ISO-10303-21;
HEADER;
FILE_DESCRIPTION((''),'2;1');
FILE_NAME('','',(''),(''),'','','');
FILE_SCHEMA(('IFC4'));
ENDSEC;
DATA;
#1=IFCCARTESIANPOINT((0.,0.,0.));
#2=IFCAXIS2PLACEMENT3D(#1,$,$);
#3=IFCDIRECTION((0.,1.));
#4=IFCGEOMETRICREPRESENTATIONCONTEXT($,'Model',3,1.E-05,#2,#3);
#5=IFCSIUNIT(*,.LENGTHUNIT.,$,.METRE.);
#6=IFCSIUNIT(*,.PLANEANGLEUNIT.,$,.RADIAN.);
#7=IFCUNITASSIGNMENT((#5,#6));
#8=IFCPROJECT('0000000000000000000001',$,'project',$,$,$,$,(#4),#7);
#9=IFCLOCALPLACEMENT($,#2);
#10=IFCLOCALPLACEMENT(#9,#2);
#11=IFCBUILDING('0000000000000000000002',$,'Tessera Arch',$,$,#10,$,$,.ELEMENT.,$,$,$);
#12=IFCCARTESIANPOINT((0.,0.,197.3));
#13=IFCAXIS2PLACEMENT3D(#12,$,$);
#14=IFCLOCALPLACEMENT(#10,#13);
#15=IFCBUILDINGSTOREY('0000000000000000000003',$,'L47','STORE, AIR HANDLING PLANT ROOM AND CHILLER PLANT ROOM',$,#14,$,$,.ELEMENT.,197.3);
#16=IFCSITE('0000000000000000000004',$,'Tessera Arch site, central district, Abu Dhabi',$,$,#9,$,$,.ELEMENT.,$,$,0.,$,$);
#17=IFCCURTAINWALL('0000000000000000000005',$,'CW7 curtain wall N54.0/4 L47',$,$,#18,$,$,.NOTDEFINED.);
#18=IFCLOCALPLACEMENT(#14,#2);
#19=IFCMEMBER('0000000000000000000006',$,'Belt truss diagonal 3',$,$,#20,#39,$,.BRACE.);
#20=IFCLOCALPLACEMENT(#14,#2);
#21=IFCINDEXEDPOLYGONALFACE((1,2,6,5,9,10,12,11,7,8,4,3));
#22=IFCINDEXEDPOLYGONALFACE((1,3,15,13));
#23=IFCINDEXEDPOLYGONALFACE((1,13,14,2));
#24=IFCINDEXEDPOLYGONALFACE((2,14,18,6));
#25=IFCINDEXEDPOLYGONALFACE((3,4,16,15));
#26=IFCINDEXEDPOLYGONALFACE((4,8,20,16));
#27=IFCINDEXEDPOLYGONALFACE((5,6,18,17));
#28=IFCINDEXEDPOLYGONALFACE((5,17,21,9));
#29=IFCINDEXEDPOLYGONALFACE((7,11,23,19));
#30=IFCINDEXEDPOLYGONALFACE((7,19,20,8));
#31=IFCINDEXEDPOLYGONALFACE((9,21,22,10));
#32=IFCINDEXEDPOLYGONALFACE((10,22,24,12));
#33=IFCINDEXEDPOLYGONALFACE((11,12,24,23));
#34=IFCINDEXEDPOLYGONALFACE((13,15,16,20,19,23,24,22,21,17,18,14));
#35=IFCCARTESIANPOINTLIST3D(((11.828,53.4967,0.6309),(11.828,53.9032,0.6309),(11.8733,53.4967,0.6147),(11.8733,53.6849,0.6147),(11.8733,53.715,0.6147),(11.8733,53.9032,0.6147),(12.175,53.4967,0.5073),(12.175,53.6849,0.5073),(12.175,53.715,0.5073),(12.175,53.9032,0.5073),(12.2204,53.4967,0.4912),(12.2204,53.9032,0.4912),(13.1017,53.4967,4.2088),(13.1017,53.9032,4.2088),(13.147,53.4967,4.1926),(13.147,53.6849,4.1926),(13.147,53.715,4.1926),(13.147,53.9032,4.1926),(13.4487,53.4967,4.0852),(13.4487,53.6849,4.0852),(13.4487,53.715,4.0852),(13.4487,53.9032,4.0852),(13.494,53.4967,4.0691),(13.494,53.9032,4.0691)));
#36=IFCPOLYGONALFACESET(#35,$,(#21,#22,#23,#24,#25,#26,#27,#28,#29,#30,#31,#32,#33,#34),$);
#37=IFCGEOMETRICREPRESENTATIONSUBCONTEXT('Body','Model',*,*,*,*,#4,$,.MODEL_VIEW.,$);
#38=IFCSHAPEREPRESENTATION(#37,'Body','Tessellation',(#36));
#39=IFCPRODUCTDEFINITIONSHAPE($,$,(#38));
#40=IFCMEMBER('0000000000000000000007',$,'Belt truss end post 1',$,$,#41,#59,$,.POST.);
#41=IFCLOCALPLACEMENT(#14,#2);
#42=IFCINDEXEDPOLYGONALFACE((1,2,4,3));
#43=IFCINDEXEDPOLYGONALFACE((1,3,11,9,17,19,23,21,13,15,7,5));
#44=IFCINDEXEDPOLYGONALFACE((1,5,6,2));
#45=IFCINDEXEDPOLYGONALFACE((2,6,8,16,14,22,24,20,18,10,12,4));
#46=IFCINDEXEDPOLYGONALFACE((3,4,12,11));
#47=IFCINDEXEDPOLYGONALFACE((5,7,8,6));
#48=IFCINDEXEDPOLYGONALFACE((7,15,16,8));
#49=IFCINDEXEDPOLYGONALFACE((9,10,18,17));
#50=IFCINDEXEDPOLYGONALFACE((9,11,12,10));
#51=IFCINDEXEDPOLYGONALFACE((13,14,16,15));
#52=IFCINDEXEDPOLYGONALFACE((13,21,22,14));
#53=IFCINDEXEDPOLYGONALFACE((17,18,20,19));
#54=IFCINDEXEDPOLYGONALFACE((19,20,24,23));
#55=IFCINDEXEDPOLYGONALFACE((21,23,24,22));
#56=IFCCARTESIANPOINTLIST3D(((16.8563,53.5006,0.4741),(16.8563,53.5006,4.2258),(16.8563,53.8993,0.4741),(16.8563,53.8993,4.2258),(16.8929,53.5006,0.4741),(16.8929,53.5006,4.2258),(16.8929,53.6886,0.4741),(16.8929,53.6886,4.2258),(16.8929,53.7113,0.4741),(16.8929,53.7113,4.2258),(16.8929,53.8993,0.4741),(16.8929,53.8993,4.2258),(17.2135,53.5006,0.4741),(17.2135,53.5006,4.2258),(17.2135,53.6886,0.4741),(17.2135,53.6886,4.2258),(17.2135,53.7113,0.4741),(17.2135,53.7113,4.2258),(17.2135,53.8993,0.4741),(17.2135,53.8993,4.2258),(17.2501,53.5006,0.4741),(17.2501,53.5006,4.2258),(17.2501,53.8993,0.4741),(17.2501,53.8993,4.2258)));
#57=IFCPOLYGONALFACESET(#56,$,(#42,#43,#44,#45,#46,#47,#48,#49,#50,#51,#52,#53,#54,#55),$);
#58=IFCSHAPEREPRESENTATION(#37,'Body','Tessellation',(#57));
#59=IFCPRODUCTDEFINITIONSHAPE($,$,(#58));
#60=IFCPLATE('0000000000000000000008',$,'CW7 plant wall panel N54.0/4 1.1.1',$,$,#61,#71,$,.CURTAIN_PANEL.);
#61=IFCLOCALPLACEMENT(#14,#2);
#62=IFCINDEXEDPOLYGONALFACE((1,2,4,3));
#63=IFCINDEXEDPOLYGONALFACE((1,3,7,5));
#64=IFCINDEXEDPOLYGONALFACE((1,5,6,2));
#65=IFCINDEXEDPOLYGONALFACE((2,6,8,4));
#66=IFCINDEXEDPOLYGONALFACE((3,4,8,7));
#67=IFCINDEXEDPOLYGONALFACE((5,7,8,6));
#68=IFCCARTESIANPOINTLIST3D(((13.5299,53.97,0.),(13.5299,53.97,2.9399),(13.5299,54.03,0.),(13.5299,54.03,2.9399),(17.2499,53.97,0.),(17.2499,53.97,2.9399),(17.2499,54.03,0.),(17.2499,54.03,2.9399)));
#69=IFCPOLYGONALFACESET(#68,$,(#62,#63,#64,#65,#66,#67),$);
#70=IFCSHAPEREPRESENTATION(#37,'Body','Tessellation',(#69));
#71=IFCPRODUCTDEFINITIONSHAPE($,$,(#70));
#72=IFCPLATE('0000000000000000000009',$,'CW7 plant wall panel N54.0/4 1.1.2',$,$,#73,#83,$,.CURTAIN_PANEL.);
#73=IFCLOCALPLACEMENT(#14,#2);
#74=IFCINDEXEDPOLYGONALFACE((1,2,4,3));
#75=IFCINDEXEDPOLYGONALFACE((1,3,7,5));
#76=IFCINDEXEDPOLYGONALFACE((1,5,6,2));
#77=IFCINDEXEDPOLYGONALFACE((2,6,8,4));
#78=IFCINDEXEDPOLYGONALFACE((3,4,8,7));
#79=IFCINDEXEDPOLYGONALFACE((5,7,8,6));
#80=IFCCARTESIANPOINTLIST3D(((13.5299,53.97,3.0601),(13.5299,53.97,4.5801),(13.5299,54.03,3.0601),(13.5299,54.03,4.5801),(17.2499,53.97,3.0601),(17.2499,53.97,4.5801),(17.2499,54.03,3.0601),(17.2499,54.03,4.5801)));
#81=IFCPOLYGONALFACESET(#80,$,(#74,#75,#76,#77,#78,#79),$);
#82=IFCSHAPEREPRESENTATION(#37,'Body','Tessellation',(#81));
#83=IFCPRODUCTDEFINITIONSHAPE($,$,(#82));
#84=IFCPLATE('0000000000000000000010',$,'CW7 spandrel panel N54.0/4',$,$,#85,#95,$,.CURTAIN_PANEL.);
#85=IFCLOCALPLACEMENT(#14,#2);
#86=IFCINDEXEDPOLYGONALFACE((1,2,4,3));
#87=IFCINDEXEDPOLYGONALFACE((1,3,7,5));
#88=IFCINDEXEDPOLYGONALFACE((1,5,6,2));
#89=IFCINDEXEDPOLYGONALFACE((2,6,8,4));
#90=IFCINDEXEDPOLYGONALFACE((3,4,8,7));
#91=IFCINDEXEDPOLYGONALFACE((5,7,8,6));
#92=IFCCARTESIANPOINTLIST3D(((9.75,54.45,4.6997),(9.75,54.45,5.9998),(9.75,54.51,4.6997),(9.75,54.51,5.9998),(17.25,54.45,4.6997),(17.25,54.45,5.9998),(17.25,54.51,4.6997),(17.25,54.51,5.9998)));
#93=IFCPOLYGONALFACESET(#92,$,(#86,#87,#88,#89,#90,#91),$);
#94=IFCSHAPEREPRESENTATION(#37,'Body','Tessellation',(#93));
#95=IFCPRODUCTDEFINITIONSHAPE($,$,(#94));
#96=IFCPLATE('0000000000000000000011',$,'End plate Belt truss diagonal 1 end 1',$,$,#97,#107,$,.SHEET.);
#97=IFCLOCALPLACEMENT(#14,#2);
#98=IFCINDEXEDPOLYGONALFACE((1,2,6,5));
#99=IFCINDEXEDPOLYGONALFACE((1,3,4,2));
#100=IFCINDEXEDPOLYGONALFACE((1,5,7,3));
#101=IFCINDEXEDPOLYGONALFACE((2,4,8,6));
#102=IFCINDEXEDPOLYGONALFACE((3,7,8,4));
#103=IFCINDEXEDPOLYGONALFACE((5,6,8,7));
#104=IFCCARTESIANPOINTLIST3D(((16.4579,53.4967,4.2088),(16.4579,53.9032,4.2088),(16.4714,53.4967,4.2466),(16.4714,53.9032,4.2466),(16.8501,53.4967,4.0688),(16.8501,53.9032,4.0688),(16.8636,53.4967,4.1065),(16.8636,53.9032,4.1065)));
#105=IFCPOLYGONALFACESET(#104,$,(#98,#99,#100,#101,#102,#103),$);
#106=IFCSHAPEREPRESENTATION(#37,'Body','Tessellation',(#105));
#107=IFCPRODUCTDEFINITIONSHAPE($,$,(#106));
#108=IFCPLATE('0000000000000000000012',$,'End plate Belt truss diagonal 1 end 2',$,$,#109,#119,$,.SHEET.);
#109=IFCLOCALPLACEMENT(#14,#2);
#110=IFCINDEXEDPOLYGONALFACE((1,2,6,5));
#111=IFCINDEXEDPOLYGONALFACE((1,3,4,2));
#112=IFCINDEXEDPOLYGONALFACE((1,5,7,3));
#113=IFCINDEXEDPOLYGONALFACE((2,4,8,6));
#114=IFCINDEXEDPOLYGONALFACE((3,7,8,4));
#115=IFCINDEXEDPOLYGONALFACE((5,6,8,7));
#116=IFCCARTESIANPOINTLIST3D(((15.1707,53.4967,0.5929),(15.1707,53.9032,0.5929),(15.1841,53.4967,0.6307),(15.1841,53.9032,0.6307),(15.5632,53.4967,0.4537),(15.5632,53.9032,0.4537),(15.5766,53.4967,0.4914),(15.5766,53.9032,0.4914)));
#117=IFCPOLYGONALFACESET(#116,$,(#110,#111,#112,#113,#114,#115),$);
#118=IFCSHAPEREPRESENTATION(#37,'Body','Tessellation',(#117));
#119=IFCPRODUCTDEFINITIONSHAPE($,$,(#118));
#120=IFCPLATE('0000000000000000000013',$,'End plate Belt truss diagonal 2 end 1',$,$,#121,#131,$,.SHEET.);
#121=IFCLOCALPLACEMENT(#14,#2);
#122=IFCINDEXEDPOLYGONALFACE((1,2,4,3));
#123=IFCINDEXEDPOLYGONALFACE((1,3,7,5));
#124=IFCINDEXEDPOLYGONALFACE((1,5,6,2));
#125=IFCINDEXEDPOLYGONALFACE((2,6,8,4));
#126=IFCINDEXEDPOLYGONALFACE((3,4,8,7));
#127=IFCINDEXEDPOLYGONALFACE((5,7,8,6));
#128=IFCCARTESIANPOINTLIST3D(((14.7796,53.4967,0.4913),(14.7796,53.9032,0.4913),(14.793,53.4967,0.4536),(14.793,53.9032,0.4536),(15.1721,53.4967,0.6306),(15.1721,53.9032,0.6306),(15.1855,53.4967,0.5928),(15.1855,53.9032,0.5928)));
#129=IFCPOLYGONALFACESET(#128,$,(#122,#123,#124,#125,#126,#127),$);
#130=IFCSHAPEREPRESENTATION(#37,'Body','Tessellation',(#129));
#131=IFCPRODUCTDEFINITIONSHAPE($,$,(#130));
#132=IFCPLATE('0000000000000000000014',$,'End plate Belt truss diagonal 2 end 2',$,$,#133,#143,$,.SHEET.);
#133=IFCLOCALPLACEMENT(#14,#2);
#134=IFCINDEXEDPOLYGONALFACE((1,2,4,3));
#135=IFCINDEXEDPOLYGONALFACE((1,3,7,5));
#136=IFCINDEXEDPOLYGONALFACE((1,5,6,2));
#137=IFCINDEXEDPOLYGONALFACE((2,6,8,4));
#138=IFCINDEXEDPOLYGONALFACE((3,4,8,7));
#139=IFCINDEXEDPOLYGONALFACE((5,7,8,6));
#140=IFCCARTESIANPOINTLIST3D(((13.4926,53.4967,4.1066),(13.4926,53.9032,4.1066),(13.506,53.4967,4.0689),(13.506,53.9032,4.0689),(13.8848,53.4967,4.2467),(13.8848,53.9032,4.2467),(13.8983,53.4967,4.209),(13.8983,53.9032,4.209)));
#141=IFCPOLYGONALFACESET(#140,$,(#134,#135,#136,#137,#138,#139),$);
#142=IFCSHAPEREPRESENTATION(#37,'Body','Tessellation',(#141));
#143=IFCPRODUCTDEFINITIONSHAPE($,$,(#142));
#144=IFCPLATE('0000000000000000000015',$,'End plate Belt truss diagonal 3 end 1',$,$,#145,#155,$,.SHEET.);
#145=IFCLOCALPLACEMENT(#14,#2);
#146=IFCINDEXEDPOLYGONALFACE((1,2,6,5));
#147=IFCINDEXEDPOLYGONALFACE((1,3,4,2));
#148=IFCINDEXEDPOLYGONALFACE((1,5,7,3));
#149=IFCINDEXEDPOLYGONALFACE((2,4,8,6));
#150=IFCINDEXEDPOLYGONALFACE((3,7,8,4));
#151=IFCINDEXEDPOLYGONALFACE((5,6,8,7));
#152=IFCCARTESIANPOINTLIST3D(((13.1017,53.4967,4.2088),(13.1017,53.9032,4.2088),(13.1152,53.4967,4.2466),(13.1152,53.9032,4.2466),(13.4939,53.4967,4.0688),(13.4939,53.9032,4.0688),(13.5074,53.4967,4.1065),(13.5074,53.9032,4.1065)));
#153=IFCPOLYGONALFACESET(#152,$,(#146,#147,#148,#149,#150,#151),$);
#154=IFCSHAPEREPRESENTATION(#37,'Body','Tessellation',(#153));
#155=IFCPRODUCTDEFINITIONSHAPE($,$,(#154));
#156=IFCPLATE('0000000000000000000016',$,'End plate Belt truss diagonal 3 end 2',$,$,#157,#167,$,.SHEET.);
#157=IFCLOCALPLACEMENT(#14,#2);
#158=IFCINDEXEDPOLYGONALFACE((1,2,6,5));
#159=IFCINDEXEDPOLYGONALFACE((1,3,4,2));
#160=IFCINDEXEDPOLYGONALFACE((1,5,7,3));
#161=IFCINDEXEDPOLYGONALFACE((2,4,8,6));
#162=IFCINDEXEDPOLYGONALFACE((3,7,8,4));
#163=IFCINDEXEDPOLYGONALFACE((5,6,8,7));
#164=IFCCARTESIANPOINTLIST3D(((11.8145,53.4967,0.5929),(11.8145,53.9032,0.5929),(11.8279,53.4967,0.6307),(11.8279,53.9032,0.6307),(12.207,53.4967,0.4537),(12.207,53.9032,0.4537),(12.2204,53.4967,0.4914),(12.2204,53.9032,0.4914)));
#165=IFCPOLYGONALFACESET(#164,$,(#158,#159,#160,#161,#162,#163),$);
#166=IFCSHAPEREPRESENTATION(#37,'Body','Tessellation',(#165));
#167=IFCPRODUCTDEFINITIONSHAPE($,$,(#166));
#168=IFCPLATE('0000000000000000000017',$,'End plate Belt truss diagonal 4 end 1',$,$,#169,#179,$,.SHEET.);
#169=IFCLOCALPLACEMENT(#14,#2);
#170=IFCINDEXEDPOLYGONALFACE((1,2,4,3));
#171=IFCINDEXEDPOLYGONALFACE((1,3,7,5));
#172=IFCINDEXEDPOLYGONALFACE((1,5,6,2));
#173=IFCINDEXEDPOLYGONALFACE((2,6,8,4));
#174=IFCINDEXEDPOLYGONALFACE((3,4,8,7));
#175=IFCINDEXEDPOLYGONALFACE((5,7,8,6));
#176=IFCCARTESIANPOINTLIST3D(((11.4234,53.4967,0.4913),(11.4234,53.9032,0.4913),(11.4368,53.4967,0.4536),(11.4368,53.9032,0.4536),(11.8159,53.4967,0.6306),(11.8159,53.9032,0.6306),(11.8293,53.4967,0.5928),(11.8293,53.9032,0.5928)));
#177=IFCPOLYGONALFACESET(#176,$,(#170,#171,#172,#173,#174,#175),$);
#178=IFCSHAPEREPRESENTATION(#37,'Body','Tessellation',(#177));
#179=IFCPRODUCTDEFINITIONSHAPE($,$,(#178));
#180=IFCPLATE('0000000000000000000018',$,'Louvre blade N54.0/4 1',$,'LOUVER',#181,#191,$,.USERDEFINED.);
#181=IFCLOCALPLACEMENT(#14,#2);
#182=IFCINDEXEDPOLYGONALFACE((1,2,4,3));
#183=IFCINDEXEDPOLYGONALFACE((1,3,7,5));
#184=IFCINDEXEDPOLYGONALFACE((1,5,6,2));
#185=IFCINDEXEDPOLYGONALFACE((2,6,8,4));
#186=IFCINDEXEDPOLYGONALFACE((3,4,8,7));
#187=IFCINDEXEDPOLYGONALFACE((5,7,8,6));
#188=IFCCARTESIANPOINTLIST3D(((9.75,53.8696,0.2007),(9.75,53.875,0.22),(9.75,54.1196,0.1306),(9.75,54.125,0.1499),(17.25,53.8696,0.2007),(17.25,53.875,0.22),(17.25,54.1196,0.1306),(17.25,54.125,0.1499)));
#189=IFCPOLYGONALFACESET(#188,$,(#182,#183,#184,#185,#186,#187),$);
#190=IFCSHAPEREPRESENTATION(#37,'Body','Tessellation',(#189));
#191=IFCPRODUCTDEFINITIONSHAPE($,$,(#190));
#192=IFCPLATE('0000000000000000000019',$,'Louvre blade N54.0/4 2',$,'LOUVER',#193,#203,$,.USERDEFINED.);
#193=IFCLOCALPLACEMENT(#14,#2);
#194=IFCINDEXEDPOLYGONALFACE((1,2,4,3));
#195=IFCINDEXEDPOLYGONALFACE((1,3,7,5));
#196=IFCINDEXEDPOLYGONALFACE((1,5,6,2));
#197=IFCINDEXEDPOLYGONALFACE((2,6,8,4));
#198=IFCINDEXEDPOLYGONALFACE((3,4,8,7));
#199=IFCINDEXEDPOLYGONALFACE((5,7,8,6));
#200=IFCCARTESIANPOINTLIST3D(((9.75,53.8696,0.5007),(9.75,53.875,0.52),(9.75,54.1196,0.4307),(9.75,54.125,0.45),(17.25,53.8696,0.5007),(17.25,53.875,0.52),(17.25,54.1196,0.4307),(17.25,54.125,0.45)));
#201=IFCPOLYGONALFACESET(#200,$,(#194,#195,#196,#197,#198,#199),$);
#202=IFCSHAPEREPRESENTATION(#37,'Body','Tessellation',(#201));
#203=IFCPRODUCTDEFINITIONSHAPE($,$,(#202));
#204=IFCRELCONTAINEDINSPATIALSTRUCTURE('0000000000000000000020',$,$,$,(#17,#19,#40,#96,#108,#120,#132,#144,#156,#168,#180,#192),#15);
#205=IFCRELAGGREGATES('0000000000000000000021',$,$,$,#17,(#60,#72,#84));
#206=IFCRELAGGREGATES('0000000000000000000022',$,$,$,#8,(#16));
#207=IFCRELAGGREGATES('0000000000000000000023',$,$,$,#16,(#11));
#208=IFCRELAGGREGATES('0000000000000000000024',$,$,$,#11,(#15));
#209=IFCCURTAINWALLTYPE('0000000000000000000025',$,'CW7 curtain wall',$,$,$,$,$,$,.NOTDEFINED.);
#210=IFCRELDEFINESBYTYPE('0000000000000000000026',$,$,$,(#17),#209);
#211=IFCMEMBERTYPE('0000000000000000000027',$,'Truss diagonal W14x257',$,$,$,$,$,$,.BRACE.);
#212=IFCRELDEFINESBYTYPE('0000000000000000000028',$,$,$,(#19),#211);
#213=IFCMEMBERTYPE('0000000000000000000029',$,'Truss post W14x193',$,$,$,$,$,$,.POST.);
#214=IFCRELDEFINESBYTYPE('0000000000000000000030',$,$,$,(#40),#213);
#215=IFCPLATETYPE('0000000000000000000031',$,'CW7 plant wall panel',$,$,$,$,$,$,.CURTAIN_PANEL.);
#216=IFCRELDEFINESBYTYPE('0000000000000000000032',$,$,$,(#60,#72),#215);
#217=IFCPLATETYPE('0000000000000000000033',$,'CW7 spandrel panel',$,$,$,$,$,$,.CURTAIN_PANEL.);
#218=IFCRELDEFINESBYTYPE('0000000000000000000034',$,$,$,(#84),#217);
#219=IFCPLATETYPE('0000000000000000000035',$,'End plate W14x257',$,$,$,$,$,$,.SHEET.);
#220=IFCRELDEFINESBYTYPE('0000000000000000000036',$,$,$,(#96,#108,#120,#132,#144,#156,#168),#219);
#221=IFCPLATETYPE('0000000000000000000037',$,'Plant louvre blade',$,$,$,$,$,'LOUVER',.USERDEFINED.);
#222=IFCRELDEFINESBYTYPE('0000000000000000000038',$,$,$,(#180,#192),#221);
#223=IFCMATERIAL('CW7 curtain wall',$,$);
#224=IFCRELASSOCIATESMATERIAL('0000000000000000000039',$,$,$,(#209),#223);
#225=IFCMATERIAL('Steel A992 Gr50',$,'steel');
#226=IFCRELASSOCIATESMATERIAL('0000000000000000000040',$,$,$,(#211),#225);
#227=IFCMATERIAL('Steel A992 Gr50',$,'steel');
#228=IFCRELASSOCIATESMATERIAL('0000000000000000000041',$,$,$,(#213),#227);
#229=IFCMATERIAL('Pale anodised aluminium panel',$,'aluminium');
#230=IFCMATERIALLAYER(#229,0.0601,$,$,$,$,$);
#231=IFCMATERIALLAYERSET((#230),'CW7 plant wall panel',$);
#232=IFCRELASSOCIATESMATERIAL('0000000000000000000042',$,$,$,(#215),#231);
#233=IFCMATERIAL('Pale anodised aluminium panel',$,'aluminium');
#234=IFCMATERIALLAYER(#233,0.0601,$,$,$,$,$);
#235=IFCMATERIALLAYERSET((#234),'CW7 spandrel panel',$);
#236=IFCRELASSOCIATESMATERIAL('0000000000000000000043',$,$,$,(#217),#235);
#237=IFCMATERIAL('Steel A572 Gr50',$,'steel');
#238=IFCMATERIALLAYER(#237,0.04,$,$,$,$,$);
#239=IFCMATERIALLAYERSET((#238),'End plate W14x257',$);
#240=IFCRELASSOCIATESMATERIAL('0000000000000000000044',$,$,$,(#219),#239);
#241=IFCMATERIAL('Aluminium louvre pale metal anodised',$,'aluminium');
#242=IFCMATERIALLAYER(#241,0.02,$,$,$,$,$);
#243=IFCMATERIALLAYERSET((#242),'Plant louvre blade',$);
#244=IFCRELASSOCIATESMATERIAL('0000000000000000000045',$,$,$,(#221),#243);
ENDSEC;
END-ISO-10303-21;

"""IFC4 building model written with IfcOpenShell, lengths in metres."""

from ifc_helpers import new_model, si_unit, direction, frame, origin, origin_2d, place, context, subcontext, project, spatial, polyline, rectangle, i_section, outline, extrude, material, layer, layer_set, material_profile, profile_set, type_object, element, aggregate, save


model = new_model("IFC4")

# Units and contexts
model_context = context("Model", 3, precision=1e-05, world=origin(), true_north=direction((0.0, 1.0)))
body_context = subcontext(model_context, "Body", "Model", "MODEL_VIEW")
ifc_project = project(units=[si_unit("LENGTHUNIT", "METRE"), si_unit("PLANEANGLEUNIT", "RADIAN")], contexts=[model_context])

# Site, building, storey
site_placement = place(None, origin())
site = spatial("IfcSite", under=ifc_project, at=site_placement, Name="Tessera Arch site, central district, Abu Dhabi", CompositionType="ELEMENT", RefElevation=0.0)
building_placement = place(site_placement, origin())
building = spatial("IfcBuilding", under=site, at=building_placement, Name="Tessera Arch", CompositionType="ELEMENT")
storey_placement = place(building_placement, frame((0.0, 0.0, 197.3)))
storey = spatial("IfcBuildingStorey", under=building, at=storey_placement, Name="L47", Description="STORE, AIR HANDLING PLANT ROOM AND CHILLER PLANT ROOM", CompositionType="ELEMENT", Elevation=197.3)

# Curtain wall
ifc_material_1 = material(Name="CW7 curtain wall")
curtain_wall_type = type_object("IfcCurtainWallType", Name="CW7 curtain wall", PredefinedType="NOTDEFINED", material=ifc_material_1)
curtain_wall_placement = place(storey_placement, origin())
curtain_wall = element("IfcCurtainWall", 1, at=curtain_wall_placement, inside=storey, type_object=curtain_wall_type, Name="CW7 curtain wall N54.0/4 L47", PredefinedType="NOTDEFINED")

# Members
ifc_material_2 = material(Name="Steel A992 Gr50", Category="steel")
ifc_material_profile_1 = material_profile(ifc_material_2, i_section(OverallWidth=0.4065, OverallDepth=0.4165, WebThickness=0.03, FlangeThickness=0.0481, at=origin_2d()), Name="W14x257")
ifc_profile_set_1 = profile_set([ifc_material_profile_1], Name="Steel A992 Gr50")
member_type_1 = type_object("IfcMemberType", Name="Truss diagonal W14x257", PredefinedType="BRACE", material=ifc_profile_set_1)
for number, where, z_axis, x_axis, name in (
    (2, (13.2979, 53.7, 4.1389), (-0.335371, 0.0, -0.942086), (0.0, -1.0, 0.0), "Belt truss diagonal 3"),
):
    element("IfcMember", number, at=place(storey_placement, frame(where, z_axis=z_axis, x_axis=x_axis)), inside=storey, type_object=member_type_1, Name=name, PredefinedType="BRACE", context=body_context, shape_type="SweptSolid", body=[
        extrude(i_section(OverallWidth=0.4065, OverallDepth=0.4165, WebThickness=0.03, FlangeThickness=0.0481, at=origin_2d()), origin(), (0.0, 0.0, 1.0), 3.7979),
    ])
ifc_material_3 = material(Name="Steel A992 Gr50", Category="steel")
ifc_material_profile_2 = material_profile(ifc_material_3, i_section(OverallWidth=0.3987, OverallDepth=0.3938, WebThickness=0.0227, FlangeThickness=0.0366, at=origin_2d()), Name="W14x193")
ifc_profile_set_2 = profile_set([ifc_material_profile_2], Name="Steel A992 Gr50")
member_type_2 = type_object("IfcMemberType", Name="Truss post W14x193", PredefinedType="POST", material=ifc_profile_set_2)
member_1_placement = place(storey_placement, frame((17.0532, 53.7, 0.4741), z_axis=(0.0, 0.0, 1.0), x_axis=(0.0, 1.0, 0.0)))
element("IfcMember", 3, at=member_1_placement, inside=storey, type_object=member_type_2, Name="Belt truss end post 1", PredefinedType="POST", context=body_context, shape_type="SweptSolid", body=[
    extrude(i_section(OverallWidth=0.3987, OverallDepth=0.3938, WebThickness=0.0227, FlangeThickness=0.0366, at=origin_2d()), origin(), (0.0, 0.0, 1.0), 3.7517),
])

# Plates
ifc_material_4 = material(Name="Pale anodised aluminium panel", Category="aluminium")
ifc_layer_1 = layer(ifc_material_4, 0.0601)
ifc_layer_set_1 = layer_set([ifc_layer_1], Name="CW7 plant wall panel")
plate_type_1 = type_object("IfcPlateType", Name="CW7 plant wall panel", PredefinedType="CURTAIN_PANEL", material=ifc_layer_set_1)
plate_1_placement = place(storey_placement, frame((15.3899, 54.0, 0.0), z_axis=(0.0, 0.0, 1.0), x_axis=(-1.0, 0.0, 0.0)))
plate_1 = element("IfcPlate", 4, at=plate_1_placement, type_object=plate_type_1, Name="CW7 plant wall panel N54.0/4 1.1.1", PredefinedType="CURTAIN_PANEL", context=body_context, shape_type="SweptSolid", body=[
    extrude(rectangle(XDim=3.72, YDim=0.0601, at=origin_2d()), origin(), (0.0, 0.0, 1.0), 2.9399),
])
plate_2_placement = place(storey_placement, frame((15.3899, 54.0, 3.0601), z_axis=(0.0, 0.0, 1.0), x_axis=(-1.0, 0.0, 0.0)))
plate_2 = element("IfcPlate", 5, at=plate_2_placement, type_object=plate_type_1, Name="CW7 plant wall panel N54.0/4 1.1.2", PredefinedType="CURTAIN_PANEL", context=body_context, shape_type="SweptSolid", body=[
    extrude(rectangle(XDim=3.72, YDim=0.0601, at=origin_2d()), origin(), (0.0, 0.0, 1.0), 1.52),
])
ifc_material_5 = material(Name="Pale anodised aluminium panel", Category="aluminium")
ifc_layer_2 = layer(ifc_material_5, 0.0601)
ifc_layer_set_2 = layer_set([ifc_layer_2], Name="CW7 spandrel panel")
plate_type_2 = type_object("IfcPlateType", Name="CW7 spandrel panel", PredefinedType="CURTAIN_PANEL", material=ifc_layer_set_2)
plate_3_placement = place(storey_placement, frame((13.5, 54.48, 4.6997), z_axis=(0.0, 0.0, 1.0), x_axis=(-1.0, 0.0, 0.0)))
plate_3 = element("IfcPlate", 6, at=plate_3_placement, type_object=plate_type_2, Name="CW7 spandrel panel N54.0/4", PredefinedType="CURTAIN_PANEL", context=body_context, shape_type="SweptSolid", body=[
    extrude(rectangle(XDim=7.5, YDim=0.0601, at=origin_2d()), origin(), (0.0, 0.0, 1.0), 1.3),
])
aggregate(curtain_wall, [plate_1, plate_2, plate_3])

# Plates
ifc_material_6 = material(Name="Steel A572 Gr50", Category="steel")
ifc_layer_3 = layer(ifc_material_6, 0.04)
ifc_layer_set_3 = layer_set([ifc_layer_3], Name="End plate W14x257")
plate_type_3 = type_object("IfcPlateType", Name="End plate W14x257", PredefinedType="SHEET", material=ifc_layer_set_3)
for number, where, z_axis, x_axis, name in (
    (7, (16.6675, 53.7, 4.1765), (-0.336336, 0.0, -0.941742), (0.0, -1.0, 0.0), "End plate Belt truss diagonal 1 end 1"),
    (8, (15.3804, 53.7, 0.561), (-0.33441, 0.0, -0.942428), (0.0, -1.0, 0.0), "End plate Belt truss diagonal 1 end 2"),
    (9, (14.9893, 53.7, 0.5232), (-0.33441, 0.0, 0.942428), (0.0, -1.0, 0.0), "End plate Belt truss diagonal 2 end 1"),
    (10, (13.7021, 53.7, 4.1389), (-0.336336, 0.0, 0.941742), (0.0, -1.0, 0.0), "End plate Belt truss diagonal 2 end 2"),
    (11, (13.3113, 53.7, 4.1765), (-0.336336, 0.0, -0.941742), (0.0, -1.0, 0.0), "End plate Belt truss diagonal 3 end 1"),
    (12, (12.0242, 53.7, 0.561), (-0.33441, 0.0, -0.942428), (0.0, -1.0, 0.0), "End plate Belt truss diagonal 3 end 2"),
    (13, (11.6331, 53.7, 0.5232), (-0.33441, 0.0, 0.942428), (0.0, -1.0, 0.0), "End plate Belt truss diagonal 4 end 1"),
):
    element("IfcPlate", number, at=place(storey_placement, frame(where, z_axis=z_axis, x_axis=x_axis)), inside=storey, type_object=plate_type_3, Name=name, PredefinedType="SHEET", context=body_context, shape_type="SweptSolid", body=[
        extrude(rectangle(XDim=0.4065, YDim=0.4165, at=origin_2d()), origin(), (0.0, 0.0, 1.0), 0.04),
    ])
ifc_material_7 = material(Name="Aluminium louvre pale metal anodised", Category="aluminium")
ifc_layer_4 = layer(ifc_material_7, 0.02)
ifc_layer_set_4 = layer_set([ifc_layer_4], Name="Plant louvre blade")
plate_type_4 = type_object("IfcPlateType", Name="Plant louvre blade", ElementType="LOUVER", PredefinedType="USERDEFINED", material=ifc_layer_set_4)
for number, where, z_axis, x_axis, name in (
    (14, (17.25, 54.125, 0.1499), (0.0, 0.269874, 0.962896), (-1.0, 0.0, 0.0), "Louvre blade N54.0/4 1"),
    (15, (17.25, 54.125, 0.45), (0.0, 0.269874, 0.962896), (-1.0, 0.0, 0.0), "Louvre blade N54.0/4 2"),
):
    element("IfcPlate", number, at=place(storey_placement, frame(where, z_axis=z_axis, x_axis=x_axis)), inside=storey, type_object=plate_type_4, Name=name, ObjectType="LOUVER", PredefinedType="USERDEFINED", context=body_context, shape_type="SweptSolid", body=[
        extrude(outline(polyline([(0.0, 0.0), (7.5, 0.0), (7.5, 0.2596), (0.0, 0.2596), (0.0, 0.0)])), origin(), (0.0, 0.0, -1.0), 0.02),
    ])

save(model, "model.ifc")
